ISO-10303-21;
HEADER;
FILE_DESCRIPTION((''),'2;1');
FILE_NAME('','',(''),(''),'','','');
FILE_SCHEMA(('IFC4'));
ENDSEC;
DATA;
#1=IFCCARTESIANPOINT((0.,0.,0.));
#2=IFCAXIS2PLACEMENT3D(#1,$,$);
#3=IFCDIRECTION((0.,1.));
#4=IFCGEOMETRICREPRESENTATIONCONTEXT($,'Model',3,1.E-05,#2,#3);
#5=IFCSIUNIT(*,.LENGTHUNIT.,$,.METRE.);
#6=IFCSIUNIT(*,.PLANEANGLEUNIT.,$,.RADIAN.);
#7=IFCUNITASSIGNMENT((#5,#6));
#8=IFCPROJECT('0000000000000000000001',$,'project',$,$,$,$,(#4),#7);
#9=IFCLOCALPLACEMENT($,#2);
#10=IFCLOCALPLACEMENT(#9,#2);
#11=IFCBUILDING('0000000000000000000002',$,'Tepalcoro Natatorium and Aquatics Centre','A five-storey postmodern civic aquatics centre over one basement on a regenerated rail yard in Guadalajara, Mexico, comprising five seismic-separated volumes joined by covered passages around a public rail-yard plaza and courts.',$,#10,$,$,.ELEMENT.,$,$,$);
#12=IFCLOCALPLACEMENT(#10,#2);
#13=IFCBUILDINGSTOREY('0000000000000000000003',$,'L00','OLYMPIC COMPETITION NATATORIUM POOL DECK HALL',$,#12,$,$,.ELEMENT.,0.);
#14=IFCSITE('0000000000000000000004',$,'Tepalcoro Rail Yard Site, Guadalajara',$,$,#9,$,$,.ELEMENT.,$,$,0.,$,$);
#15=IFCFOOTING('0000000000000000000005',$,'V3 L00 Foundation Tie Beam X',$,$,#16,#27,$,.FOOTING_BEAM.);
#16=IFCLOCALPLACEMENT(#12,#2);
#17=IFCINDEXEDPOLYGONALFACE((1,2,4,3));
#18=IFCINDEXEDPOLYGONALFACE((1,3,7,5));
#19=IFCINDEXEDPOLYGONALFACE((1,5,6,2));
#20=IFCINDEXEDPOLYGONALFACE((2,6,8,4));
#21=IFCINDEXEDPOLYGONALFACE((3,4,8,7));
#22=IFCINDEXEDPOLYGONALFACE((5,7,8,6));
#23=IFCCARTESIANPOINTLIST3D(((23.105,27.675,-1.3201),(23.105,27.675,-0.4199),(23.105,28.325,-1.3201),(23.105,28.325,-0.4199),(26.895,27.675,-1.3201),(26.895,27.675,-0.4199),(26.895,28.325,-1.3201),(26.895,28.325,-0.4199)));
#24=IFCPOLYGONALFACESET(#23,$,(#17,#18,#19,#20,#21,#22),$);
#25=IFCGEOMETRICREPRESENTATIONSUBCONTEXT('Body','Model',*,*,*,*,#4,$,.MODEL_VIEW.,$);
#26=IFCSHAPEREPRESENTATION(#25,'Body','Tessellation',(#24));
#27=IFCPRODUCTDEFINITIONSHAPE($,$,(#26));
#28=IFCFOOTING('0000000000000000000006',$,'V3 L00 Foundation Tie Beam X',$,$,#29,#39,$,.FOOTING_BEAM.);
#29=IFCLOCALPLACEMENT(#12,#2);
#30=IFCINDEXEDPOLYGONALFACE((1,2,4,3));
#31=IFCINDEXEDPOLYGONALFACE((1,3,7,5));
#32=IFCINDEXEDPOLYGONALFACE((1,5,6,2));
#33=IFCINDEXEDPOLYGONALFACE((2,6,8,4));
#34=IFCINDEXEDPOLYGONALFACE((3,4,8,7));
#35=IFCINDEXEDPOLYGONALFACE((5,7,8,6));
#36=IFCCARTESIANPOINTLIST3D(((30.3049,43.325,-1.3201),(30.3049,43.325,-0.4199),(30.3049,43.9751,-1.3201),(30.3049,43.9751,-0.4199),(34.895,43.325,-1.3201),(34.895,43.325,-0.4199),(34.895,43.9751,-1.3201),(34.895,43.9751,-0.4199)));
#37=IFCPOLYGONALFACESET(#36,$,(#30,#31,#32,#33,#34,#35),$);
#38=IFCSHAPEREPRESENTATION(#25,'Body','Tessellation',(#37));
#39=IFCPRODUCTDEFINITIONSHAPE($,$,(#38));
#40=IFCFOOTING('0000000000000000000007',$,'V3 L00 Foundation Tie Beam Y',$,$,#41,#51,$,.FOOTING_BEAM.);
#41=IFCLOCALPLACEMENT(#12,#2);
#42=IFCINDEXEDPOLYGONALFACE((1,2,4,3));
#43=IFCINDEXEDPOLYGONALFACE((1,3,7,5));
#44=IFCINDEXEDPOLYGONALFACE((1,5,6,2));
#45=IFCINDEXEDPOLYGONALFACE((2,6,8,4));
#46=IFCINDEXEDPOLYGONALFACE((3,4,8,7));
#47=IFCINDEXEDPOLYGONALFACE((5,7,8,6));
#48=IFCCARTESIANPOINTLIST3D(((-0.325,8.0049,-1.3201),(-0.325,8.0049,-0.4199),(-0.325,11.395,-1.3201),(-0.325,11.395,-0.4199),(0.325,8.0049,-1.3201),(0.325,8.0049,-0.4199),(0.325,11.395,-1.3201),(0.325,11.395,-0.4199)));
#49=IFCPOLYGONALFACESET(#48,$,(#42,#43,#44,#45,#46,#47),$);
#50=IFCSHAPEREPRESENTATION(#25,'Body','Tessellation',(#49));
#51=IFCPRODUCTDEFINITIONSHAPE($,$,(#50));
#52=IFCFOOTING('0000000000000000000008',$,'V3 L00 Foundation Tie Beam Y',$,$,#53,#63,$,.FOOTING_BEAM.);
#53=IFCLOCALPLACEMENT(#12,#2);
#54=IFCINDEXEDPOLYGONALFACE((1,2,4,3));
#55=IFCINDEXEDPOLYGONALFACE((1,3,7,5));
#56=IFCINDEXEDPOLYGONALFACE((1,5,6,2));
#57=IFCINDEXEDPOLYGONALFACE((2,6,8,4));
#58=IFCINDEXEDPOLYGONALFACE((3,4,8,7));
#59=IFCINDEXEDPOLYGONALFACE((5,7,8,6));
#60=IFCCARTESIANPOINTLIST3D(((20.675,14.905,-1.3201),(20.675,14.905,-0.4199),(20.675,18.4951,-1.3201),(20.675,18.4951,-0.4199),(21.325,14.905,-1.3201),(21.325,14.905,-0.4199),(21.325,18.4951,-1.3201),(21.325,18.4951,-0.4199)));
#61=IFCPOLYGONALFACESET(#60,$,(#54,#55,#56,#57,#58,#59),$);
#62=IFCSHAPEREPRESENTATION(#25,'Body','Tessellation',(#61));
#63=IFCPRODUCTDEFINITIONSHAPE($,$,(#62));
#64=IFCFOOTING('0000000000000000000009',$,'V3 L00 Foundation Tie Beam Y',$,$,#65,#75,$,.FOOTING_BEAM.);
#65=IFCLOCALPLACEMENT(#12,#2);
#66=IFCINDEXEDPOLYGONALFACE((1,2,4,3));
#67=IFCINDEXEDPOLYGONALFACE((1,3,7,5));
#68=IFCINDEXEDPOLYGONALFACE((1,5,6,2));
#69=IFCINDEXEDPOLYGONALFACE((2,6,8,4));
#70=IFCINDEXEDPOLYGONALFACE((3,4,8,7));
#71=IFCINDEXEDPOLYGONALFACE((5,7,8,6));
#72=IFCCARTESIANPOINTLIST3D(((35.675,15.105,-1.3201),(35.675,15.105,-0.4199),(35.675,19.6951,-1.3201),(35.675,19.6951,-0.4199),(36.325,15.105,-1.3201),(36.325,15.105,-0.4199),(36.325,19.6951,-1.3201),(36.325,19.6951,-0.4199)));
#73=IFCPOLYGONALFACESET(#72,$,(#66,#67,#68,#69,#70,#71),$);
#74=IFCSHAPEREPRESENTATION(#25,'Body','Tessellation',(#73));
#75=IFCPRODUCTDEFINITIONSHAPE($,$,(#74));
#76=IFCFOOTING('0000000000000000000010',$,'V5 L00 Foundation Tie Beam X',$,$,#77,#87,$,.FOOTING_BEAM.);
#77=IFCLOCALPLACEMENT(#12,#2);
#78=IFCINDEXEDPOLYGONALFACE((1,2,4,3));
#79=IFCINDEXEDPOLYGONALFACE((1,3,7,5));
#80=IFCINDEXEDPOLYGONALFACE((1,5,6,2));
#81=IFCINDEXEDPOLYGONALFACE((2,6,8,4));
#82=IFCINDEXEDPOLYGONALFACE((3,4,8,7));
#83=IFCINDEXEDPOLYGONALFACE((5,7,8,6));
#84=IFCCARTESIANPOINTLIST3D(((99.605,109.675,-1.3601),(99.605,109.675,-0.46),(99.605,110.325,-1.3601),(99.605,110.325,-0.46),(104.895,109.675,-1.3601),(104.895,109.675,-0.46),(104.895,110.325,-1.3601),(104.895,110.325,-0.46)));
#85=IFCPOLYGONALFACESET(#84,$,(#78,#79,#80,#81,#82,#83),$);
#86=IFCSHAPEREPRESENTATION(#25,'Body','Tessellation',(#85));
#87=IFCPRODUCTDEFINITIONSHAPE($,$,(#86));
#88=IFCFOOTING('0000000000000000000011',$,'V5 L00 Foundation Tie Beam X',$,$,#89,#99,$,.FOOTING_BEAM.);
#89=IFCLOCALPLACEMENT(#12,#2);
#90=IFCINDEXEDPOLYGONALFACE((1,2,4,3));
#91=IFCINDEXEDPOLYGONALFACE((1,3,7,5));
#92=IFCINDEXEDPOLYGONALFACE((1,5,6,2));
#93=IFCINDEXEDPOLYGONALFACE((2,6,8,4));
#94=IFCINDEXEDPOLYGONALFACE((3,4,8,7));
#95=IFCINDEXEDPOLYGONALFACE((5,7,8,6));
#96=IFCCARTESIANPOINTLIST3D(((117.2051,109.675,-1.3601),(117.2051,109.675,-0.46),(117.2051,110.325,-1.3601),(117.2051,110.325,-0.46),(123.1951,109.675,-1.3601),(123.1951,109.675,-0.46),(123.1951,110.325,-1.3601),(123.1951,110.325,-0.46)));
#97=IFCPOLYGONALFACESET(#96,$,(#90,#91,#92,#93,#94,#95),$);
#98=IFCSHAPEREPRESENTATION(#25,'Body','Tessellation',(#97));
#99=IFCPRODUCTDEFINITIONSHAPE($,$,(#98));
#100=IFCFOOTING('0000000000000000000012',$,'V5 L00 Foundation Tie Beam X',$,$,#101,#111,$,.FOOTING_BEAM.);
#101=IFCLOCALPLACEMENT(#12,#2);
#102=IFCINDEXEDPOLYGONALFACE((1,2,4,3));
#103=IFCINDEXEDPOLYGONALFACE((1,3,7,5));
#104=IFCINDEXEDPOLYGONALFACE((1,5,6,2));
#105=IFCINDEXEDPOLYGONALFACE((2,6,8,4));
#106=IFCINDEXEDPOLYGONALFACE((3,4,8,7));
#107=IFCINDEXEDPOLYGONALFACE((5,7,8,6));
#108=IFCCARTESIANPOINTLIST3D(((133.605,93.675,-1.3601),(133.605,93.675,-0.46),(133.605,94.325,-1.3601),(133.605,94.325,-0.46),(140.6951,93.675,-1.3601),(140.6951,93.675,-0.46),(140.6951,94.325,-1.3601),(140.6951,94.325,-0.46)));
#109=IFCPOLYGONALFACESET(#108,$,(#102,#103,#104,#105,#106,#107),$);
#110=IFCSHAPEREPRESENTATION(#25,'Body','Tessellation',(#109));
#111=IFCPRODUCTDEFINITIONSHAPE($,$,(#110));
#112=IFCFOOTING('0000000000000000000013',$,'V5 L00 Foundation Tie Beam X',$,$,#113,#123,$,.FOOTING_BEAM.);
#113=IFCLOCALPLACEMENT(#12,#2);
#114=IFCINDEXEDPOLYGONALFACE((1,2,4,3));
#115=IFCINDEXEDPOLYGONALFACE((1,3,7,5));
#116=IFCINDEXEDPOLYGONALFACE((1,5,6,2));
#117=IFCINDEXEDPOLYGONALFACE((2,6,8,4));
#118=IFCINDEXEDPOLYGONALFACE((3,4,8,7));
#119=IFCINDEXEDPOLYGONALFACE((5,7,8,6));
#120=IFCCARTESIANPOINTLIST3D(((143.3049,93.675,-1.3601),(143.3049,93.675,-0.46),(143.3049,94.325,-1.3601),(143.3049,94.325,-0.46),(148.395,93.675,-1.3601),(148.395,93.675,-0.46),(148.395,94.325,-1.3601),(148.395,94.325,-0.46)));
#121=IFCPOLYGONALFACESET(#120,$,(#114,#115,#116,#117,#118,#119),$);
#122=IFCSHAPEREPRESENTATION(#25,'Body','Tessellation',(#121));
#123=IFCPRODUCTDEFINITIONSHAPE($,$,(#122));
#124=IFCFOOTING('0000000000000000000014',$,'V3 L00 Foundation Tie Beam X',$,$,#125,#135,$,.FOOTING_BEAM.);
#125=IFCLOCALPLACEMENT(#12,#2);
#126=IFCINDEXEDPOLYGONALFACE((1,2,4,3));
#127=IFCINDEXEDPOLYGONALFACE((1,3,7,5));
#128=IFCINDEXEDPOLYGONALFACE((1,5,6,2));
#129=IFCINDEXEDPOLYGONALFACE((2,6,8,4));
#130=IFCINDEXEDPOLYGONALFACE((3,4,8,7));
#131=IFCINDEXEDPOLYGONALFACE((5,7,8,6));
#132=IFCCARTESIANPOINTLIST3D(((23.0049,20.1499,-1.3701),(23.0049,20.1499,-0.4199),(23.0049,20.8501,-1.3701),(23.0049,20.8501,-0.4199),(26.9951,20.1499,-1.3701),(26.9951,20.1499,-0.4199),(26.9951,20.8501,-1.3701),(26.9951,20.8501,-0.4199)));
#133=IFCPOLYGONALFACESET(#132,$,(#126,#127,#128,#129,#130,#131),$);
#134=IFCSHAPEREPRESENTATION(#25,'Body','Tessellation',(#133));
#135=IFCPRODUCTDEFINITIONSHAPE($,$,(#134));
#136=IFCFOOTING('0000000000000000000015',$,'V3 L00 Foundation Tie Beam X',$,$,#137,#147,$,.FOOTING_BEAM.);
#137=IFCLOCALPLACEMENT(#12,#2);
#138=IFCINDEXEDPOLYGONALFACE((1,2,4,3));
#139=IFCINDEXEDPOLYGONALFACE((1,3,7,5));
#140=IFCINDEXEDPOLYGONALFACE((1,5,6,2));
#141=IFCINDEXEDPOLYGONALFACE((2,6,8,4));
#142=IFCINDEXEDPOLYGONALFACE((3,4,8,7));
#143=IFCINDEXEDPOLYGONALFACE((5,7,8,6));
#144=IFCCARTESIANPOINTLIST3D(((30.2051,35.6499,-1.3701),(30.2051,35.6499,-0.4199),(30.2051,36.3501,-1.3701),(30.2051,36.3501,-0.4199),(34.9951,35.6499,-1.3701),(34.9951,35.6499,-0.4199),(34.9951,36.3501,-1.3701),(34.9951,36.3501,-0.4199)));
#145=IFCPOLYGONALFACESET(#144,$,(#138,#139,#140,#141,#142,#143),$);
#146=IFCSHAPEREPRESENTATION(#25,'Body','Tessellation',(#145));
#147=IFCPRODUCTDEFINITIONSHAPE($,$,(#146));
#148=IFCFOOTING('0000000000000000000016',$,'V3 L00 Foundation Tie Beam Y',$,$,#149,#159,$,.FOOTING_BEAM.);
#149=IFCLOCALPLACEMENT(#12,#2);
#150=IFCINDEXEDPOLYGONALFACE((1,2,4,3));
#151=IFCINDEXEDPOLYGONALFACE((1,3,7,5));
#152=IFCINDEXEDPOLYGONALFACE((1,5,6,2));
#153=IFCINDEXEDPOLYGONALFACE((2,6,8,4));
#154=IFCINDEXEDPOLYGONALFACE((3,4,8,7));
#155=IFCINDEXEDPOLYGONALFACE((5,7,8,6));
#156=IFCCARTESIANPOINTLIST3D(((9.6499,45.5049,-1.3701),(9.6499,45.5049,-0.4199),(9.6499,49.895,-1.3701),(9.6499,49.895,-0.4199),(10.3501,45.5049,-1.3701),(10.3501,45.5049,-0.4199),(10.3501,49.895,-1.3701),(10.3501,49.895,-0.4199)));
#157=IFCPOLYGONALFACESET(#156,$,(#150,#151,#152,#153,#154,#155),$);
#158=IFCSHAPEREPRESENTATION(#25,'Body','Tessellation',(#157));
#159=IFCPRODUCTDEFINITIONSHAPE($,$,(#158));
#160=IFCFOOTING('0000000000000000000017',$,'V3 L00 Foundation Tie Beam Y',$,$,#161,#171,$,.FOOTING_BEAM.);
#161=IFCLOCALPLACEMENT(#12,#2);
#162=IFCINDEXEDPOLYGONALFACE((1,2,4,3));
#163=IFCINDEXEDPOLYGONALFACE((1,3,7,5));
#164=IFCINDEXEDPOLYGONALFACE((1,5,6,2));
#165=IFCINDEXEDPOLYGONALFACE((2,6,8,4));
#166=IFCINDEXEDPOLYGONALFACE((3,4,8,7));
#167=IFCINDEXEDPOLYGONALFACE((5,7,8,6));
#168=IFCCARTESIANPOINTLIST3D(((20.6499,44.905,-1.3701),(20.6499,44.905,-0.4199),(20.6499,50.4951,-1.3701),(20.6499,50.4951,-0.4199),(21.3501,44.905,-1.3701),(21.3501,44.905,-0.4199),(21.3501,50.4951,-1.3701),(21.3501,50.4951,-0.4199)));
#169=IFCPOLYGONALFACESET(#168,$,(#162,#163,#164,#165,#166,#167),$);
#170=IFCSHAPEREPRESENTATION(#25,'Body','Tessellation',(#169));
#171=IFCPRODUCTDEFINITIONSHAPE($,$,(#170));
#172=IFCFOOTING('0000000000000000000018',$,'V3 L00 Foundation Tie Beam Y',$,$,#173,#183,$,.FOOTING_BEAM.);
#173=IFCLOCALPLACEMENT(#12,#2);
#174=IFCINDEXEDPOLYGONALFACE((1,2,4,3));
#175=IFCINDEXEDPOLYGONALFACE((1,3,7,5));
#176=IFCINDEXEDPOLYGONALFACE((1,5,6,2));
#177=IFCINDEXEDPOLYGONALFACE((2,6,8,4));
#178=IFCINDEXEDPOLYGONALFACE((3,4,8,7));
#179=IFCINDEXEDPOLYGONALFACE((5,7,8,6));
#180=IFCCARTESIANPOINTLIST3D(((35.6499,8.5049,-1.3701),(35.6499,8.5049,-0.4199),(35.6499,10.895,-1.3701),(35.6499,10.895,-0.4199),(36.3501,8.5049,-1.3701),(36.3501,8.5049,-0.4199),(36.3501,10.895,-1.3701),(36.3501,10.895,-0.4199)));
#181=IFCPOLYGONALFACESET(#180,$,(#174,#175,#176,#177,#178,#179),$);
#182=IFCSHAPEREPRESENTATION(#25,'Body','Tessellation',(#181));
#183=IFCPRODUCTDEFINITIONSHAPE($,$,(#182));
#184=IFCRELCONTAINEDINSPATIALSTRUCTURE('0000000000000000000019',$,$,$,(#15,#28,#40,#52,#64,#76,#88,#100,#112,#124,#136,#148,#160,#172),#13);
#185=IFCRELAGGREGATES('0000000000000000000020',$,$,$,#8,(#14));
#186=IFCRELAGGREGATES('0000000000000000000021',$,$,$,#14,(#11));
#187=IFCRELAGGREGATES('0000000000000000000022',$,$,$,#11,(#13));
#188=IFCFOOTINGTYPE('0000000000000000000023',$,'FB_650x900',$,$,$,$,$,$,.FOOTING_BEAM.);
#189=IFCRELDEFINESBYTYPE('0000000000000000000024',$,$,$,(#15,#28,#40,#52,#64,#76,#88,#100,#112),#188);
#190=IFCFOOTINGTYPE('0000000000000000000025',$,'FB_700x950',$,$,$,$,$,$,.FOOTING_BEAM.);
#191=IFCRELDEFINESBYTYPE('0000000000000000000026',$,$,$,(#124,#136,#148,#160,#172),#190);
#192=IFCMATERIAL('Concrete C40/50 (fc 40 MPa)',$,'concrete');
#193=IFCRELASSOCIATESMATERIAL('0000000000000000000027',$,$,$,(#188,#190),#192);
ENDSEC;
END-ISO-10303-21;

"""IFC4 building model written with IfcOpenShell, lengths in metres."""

from ifc_helpers import new_model, si_unit, direction, frame, origin, place, context, subcontext, project, spatial, polyline, outline, extrude, material, type_object, element, save


model = new_model("IFC4")

# Units and contexts
model_context = context("Model", 3, precision=1e-05, world=origin(), true_north=direction((0.0, 1.0)))
body_context = subcontext(model_context, "Body", "Model", "MODEL_VIEW")
ifc_project = project(units=[si_unit("LENGTHUNIT", "METRE"), si_unit("PLANEANGLEUNIT", "RADIAN")], contexts=[model_context])

# Site, building, storey
site_placement = place(None, origin())
site = spatial("IfcSite", under=ifc_project, at=site_placement, Name="Tepalcoro Rail Yard Site, Guadalajara", CompositionType="ELEMENT", RefElevation=0.0)
building_placement = place(site_placement, origin())
building = spatial("IfcBuilding", under=site, at=building_placement, Name="Tepalcoro Natatorium and Aquatics Centre", Description="A five-storey postmodern civic aquatics centre over one basement on a regenerated rail yard in Guadalajara, Mexico, comprising five seismic-separated volumes joined by covered passages around a public rail-yard plaza and courts.", CompositionType="ELEMENT")
storey_placement = place(building_placement, origin())
storey = spatial("IfcBuildingStorey", under=building, at=storey_placement, Name="L00", Description="OLYMPIC COMPETITION NATATORIUM POOL DECK HALL", CompositionType="ELEMENT", Elevation=0.0)

# Footings
ifc_material = material(Name="Concrete C40/50 (fc 40 MPa)", Category="concrete")
footing_type_1 = type_object("IfcFootingType", Name="FB_650x900", PredefinedType="FOOTING_BEAM", material=ifc_material)
footing_1_placement = place(storey_placement, frame((0.0, 0.0, -1.3201)))
element("IfcFooting", 1, at=footing_1_placement, inside=storey, type_object=footing_type_1, Name="V3 L00 Foundation Tie Beam X", PredefinedType="FOOTING_BEAM", context=body_context, shape_type="SweptSolid", body=[
    extrude(outline(polyline([(23.105, 27.675), (26.895, 27.675), (26.895, 28.325), (23.105, 28.325), (23.105, 27.675)])), origin(), (0.0, 0.0, 1.0), 0.9001),
])
footing_2_placement = place(storey_placement, frame((0.0, 0.0, -1.3201)))
element("IfcFooting", 2, at=footing_2_placement, inside=storey, type_object=footing_type_1, Name="V3 L00 Foundation Tie Beam X", PredefinedType="FOOTING_BEAM", context=body_context, shape_type="SweptSolid", body=[
    extrude(outline(polyline([(30.3049, 43.325), (34.895, 43.325), (34.895, 43.9751), (30.3049, 43.9751), (30.3049, 43.325)])), origin(), (0.0, 0.0, 1.0), 0.9001),
])
footing_3_placement = place(storey_placement, frame((0.0, 0.0, -1.3201)))
element("IfcFooting", 3, at=footing_3_placement, inside=storey, type_object=footing_type_1, Name="V3 L00 Foundation Tie Beam Y", PredefinedType="FOOTING_BEAM", context=body_context, shape_type="SweptSolid", body=[
    extrude(outline(polyline([(0.325, 8.0049), (0.325, 11.395), (-0.325, 11.395), (-0.325, 8.0049), (0.325, 8.0049)])), origin(), (0.0, 0.0, 1.0), 0.9001),
])
footing_4_placement = place(storey_placement, frame((0.0, 0.0, -1.3201)))
element("IfcFooting", 4, at=footing_4_placement, inside=storey, type_object=footing_type_1, Name="V3 L00 Foundation Tie Beam Y", PredefinedType="FOOTING_BEAM", context=body_context, shape_type="SweptSolid", body=[
    extrude(outline(polyline([(21.325, 14.905), (21.325, 18.4951), (20.675, 18.4951), (20.675, 14.905), (21.325, 14.905)])), origin(), (0.0, 0.0, 1.0), 0.9001),
])
footing_5_placement = place(storey_placement, frame((0.0, 0.0, -1.3201)))
element("IfcFooting", 5, at=footing_5_placement, inside=storey, type_object=footing_type_1, Name="V3 L00 Foundation Tie Beam Y", PredefinedType="FOOTING_BEAM", context=body_context, shape_type="SweptSolid", body=[
    extrude(outline(polyline([(36.325, 15.105), (36.325, 19.6951), (35.675, 19.6951), (35.675, 15.105), (36.325, 15.105)])), origin(), (0.0, 0.0, 1.0), 0.9001),
])
footing_6_placement = place(storey_placement, frame((0.0, 0.0, -1.3601)))
element("IfcFooting", 6, at=footing_6_placement, inside=storey, type_object=footing_type_1, Name="V5 L00 Foundation Tie Beam X", PredefinedType="FOOTING_BEAM", context=body_context, shape_type="SweptSolid", body=[
    extrude(outline(polyline([(99.605, 109.675), (104.895, 109.675), (104.895, 110.325), (99.605, 110.325), (99.605, 109.675)])), origin(), (0.0, 0.0, 1.0), 0.9001),
])
footing_7_placement = place(storey_placement, frame((0.0, 0.0, -1.3601)))
element("IfcFooting", 7, at=footing_7_placement, inside=storey, type_object=footing_type_1, Name="V5 L00 Foundation Tie Beam X", PredefinedType="FOOTING_BEAM", context=body_context, shape_type="SweptSolid", body=[
    extrude(outline(polyline([(117.2051, 109.675), (123.1951, 109.675), (123.1951, 110.325), (117.2051, 110.325), (117.2051, 109.675)])), origin(), (0.0, 0.0, 1.0), 0.9001),
])
footing_8_placement = place(storey_placement, frame((0.0, 0.0, -1.3601)))
element("IfcFooting", 8, at=footing_8_placement, inside=storey, type_object=footing_type_1, Name="V5 L00 Foundation Tie Beam X", PredefinedType="FOOTING_BEAM", context=body_context, shape_type="SweptSolid", body=[
    extrude(outline(polyline([(133.605, 93.675), (140.6951, 93.675), (140.6951, 94.325), (133.605, 94.325), (133.605, 93.675)])), origin(), (0.0, 0.0, 1.0), 0.9001),
])
footing_9_placement = place(storey_placement, frame((0.0, 0.0, -1.3601)))
element("IfcFooting", 9, at=footing_9_placement, inside=storey, type_object=footing_type_1, Name="V5 L00 Foundation Tie Beam X", PredefinedType="FOOTING_BEAM", context=body_context, shape_type="SweptSolid", body=[
    extrude(outline(polyline([(143.3049, 93.675), (148.395, 93.675), (148.395, 94.325), (143.3049, 94.325), (143.3049, 93.675)])), origin(), (0.0, 0.0, 1.0), 0.9001),
])
footing_type_2 = type_object("IfcFootingType", Name="FB_700x950", PredefinedType="FOOTING_BEAM", material=ifc_material)
footing_10_placement = place(storey_placement, frame((0.0, 0.0, -1.3701)))
element("IfcFooting", 10, at=footing_10_placement, inside=storey, type_object=footing_type_2, Name="V3 L00 Foundation Tie Beam X", PredefinedType="FOOTING_BEAM", context=body_context, shape_type="SweptSolid", body=[
    extrude(outline(polyline([(23.0049, 20.1499), (26.9951, 20.1499), (26.9951, 20.8501), (23.0049, 20.8501), (23.0049, 20.1499)])), origin(), (0.0, 0.0, 1.0), 0.9502),
])
footing_11_placement = place(storey_placement, frame((0.0, 0.0, -1.3701)))
element("IfcFooting", 11, at=footing_11_placement, inside=storey, type_object=footing_type_2, Name="V3 L00 Foundation Tie Beam X", PredefinedType="FOOTING_BEAM", context=body_context, shape_type="SweptSolid", body=[
    extrude(outline(polyline([(30.2051, 35.6499), (34.9951, 35.6499), (34.9951, 36.3501), (30.2051, 36.3501), (30.2051, 35.6499)])), origin(), (0.0, 0.0, 1.0), 0.9502),
])
footing_12_placement = place(storey_placement, frame((0.0, 0.0, -1.3701)))
element("IfcFooting", 12, at=footing_12_placement, inside=storey, type_object=footing_type_2, Name="V3 L00 Foundation Tie Beam Y", PredefinedType="FOOTING_BEAM", context=body_context, shape_type="SweptSolid", body=[
    extrude(outline(polyline([(10.3501, 45.5049), (10.3501, 49.895), (9.6499, 49.895), (9.6499, 45.5049), (10.3501, 45.5049)])), origin(), (0.0, 0.0, 1.0), 0.9502),
])
footing_13_placement = place(storey_placement, frame((0.0, 0.0, -1.3701)))
element("IfcFooting", 13, at=footing_13_placement, inside=storey, type_object=footing_type_2, Name="V3 L00 Foundation Tie Beam Y", PredefinedType="FOOTING_BEAM", context=body_context, shape_type="SweptSolid", body=[
    extrude(outline(polyline([(21.3501, 44.905), (21.3501, 50.4951), (20.6499, 50.4951), (20.6499, 44.905), (21.3501, 44.905)])), origin(), (0.0, 0.0, 1.0), 0.9502),
])
footing_14_placement = place(storey_placement, frame((0.0, 0.0, -1.3701)))
element("IfcFooting", 14, at=footing_14_placement, inside=storey, type_object=footing_type_2, Name="V3 L00 Foundation Tie Beam Y", PredefinedType="FOOTING_BEAM", context=body_context, shape_type="SweptSolid", body=[
    extrude(outline(polyline([(36.3501, 8.5049), (36.3501, 10.895), (35.6499, 10.895), (35.6499, 8.5049), (36.3501, 8.5049)])), origin(), (0.0, 0.0, 1.0), 0.9502),
])

save(model, "model.ifc")
